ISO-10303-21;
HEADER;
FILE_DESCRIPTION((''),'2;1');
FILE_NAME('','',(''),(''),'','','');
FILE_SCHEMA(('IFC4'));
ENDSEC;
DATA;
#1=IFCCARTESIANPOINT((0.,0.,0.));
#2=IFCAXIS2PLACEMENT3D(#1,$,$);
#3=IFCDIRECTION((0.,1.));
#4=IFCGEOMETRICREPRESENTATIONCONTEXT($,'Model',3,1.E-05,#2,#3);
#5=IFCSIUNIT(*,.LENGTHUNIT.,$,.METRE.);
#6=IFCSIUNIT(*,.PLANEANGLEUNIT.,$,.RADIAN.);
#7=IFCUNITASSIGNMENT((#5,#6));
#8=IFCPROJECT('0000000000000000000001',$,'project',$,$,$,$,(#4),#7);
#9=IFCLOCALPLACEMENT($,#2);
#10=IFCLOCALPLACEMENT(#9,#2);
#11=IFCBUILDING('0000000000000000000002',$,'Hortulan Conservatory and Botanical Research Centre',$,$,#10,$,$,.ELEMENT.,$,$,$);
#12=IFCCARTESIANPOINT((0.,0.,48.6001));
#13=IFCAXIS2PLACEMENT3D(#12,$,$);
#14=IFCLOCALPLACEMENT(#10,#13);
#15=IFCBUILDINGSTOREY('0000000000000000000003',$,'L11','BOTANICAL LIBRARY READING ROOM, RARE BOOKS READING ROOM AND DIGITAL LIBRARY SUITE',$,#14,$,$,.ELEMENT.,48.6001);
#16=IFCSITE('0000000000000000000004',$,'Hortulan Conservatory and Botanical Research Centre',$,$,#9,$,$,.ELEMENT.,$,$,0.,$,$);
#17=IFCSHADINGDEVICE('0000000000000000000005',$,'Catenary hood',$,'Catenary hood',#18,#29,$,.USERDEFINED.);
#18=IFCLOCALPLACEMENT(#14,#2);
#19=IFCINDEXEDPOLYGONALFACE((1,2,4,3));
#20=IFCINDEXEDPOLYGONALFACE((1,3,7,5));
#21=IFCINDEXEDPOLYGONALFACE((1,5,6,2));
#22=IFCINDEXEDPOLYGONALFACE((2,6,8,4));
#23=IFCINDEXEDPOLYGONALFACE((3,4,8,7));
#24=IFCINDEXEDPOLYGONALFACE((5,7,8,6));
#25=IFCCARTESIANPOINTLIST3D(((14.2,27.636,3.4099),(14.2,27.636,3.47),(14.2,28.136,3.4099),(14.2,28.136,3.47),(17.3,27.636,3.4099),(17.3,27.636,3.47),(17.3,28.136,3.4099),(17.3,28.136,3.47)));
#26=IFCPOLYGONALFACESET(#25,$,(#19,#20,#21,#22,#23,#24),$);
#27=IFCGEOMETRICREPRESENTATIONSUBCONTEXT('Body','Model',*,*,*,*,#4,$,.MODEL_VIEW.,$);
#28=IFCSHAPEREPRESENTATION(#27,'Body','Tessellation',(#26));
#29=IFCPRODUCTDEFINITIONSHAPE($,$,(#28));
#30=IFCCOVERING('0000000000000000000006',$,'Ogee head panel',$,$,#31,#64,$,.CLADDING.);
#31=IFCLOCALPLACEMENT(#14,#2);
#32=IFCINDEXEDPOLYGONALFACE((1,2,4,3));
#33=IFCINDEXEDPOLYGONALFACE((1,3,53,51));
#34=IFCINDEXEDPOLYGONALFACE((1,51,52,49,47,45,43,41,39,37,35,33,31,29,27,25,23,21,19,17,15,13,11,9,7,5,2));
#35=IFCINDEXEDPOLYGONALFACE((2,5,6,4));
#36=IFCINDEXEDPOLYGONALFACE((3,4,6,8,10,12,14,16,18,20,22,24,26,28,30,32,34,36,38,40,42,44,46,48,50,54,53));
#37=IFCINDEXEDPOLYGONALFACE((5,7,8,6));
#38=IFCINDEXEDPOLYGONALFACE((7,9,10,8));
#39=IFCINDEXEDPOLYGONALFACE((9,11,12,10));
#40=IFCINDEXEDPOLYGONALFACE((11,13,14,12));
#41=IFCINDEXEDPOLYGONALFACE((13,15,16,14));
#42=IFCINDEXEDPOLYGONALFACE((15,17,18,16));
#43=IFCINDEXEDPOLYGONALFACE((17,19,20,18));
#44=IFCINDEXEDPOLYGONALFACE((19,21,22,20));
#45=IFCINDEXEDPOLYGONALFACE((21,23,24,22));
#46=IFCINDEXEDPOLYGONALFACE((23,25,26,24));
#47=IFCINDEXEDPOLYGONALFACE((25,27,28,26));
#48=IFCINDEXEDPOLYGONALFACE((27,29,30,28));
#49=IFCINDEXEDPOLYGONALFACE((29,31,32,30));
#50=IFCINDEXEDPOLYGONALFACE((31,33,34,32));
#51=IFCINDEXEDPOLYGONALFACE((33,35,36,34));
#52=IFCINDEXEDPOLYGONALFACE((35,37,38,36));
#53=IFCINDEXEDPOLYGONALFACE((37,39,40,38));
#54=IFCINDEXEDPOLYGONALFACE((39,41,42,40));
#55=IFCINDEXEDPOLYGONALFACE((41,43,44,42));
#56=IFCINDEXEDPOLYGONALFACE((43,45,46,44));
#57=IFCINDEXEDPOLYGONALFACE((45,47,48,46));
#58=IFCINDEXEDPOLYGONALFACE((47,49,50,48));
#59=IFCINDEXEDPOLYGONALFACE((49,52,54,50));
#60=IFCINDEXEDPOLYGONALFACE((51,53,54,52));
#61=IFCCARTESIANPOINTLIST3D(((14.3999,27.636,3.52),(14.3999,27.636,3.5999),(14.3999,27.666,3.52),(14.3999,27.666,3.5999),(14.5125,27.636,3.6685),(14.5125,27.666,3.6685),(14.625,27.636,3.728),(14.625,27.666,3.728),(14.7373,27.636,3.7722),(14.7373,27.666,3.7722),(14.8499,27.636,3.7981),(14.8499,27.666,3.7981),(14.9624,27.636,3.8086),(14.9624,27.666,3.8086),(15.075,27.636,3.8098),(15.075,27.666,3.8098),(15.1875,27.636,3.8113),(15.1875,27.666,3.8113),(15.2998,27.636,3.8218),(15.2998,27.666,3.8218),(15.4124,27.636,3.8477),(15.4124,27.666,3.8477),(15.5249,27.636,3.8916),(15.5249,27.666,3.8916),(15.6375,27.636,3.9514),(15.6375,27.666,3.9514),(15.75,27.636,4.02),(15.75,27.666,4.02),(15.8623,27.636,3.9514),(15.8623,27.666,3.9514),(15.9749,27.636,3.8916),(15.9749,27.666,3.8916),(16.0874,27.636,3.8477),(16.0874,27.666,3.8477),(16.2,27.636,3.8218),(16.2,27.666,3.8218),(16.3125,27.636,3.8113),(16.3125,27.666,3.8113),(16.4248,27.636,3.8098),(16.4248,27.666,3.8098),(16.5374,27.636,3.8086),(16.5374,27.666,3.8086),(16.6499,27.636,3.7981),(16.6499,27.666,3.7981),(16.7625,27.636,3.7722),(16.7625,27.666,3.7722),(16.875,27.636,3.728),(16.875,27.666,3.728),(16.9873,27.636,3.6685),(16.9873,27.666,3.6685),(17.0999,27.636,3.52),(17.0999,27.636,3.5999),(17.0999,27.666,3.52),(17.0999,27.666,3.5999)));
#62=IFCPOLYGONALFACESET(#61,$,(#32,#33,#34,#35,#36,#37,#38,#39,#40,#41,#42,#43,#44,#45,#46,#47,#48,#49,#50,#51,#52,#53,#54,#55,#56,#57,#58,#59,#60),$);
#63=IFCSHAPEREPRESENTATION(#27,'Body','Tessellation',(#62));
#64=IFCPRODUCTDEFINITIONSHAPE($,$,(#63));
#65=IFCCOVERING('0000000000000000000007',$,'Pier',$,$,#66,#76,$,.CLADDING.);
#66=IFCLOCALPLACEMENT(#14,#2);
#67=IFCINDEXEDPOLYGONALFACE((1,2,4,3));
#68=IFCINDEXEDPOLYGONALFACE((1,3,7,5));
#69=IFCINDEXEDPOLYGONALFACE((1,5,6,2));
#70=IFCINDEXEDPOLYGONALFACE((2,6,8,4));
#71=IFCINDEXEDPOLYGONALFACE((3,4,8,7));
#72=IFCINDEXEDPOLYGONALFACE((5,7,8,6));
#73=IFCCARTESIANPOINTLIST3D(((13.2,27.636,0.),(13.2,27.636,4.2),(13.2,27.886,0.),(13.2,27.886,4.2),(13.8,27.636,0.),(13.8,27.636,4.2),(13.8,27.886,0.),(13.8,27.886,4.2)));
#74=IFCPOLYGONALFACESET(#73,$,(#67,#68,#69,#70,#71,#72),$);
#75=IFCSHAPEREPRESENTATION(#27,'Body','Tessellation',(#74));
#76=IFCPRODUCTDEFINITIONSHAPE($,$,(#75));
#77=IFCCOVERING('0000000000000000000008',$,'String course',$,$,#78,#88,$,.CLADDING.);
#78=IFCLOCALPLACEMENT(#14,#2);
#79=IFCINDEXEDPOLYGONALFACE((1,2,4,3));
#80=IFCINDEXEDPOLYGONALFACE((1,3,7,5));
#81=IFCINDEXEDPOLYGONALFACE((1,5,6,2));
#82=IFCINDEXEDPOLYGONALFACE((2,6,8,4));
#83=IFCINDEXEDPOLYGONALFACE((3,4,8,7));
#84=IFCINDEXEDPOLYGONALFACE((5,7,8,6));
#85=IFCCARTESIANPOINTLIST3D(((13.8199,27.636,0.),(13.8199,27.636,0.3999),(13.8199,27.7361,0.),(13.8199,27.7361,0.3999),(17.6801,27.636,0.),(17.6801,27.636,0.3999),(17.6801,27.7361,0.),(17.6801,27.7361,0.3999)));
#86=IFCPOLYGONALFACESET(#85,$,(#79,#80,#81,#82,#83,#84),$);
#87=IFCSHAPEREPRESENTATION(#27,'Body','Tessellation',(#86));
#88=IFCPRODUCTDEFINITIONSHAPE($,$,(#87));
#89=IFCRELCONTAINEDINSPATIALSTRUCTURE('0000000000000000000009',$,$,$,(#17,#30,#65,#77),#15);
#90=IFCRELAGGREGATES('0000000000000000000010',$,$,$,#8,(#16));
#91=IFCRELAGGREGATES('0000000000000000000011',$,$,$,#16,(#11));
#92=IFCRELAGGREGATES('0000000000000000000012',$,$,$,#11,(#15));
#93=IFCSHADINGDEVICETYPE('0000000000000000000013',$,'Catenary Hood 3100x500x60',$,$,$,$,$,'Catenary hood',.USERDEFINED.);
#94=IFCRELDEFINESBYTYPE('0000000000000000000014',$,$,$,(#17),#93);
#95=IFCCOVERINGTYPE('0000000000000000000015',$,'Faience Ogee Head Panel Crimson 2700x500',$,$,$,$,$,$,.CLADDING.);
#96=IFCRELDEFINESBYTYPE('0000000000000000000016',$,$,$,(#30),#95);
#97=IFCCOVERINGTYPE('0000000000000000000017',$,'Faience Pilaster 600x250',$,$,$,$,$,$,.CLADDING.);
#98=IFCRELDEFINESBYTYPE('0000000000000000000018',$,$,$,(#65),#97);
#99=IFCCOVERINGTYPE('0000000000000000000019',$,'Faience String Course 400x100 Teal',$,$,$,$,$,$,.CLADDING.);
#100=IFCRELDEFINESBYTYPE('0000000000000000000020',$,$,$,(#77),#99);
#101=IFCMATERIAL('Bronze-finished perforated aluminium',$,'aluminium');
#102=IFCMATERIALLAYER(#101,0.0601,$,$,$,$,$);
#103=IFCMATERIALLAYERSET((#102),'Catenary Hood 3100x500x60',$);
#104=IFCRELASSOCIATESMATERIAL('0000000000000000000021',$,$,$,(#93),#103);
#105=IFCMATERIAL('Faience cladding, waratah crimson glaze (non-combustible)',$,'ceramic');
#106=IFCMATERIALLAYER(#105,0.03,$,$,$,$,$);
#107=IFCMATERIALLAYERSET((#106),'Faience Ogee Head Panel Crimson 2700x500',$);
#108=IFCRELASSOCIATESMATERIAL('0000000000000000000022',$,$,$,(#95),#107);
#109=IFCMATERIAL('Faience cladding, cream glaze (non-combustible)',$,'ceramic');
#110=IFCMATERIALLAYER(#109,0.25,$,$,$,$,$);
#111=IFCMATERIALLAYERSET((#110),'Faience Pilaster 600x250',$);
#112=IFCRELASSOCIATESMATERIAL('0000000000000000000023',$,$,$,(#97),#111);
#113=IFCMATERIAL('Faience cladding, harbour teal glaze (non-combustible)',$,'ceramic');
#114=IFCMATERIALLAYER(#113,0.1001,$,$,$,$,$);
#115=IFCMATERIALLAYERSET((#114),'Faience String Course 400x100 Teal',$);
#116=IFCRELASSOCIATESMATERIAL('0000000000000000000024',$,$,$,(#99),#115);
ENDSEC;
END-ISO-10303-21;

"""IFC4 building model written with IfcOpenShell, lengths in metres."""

from ifc_helpers import new_model, si_unit, direction, frame, origin, origin_2d, place, context, subcontext, project, spatial, polyline, rectangle, outline, extrude, material, layer, layer_set, type_object, element, save


model = new_model("IFC4")

# Units and contexts
model_context = context("Model", 3, precision=1e-05, world=origin(), true_north=direction((0.0, 1.0)))
body_context = subcontext(model_context, "Body", "Model", "MODEL_VIEW")
ifc_project = project(units=[si_unit("LENGTHUNIT", "METRE"), si_unit("PLANEANGLEUNIT", "RADIAN")], contexts=[model_context])

# Site, building, storey
site_placement = place(None, origin())
site = spatial("IfcSite", under=ifc_project, at=site_placement, Name="Hortulan Conservatory and Botanical Research Centre", CompositionType="ELEMENT", RefElevation=0.0)
building_placement = place(site_placement, origin())
building = spatial("IfcBuilding", under=site, at=building_placement, Name="Hortulan Conservatory and Botanical Research Centre", CompositionType="ELEMENT")
storey_placement = place(building_placement, frame((0.0, 0.0, 48.6001)))
storey = spatial("IfcBuildingStorey", under=building, at=storey_placement, Name="L11", Description="BOTANICAL LIBRARY READING ROOM, RARE BOOKS READING ROOM AND DIGITAL LIBRARY SUITE", CompositionType="ELEMENT", Elevation=48.6001)

# Shading device
ifc_material_1 = material(Name="Bronze-finished perforated aluminium", Category="aluminium")
ifc_layer_1 = layer(ifc_material_1, 0.0601)
ifc_layer_set_1 = layer_set([ifc_layer_1], Name="Catenary Hood 3100x500x60")
shading_device_type = type_object("IfcShadingDeviceType", Name="Catenary Hood 3100x500x60", ElementType="Catenary hood", PredefinedType="USERDEFINED", material=ifc_layer_set_1)
shading_device_placement = place(storey_placement, frame((15.75, 27.886, 3.4099), z_axis=(0.0, 0.0, 1.0), x_axis=(1.0, 0.0, 0.0)))
element("IfcShadingDevice", 1, at=shading_device_placement, inside=storey, type_object=shading_device_type, Name="Catenary hood", ObjectType="Catenary hood", PredefinedType="USERDEFINED", context=body_context, shape_type="SweptSolid", body=[
    extrude(rectangle(XDim=3.1001, YDim=0.5, at=origin_2d()), origin(), (0.0, 0.0, 1.0), 0.0601),
])

# Coverings
ifc_material_2 = material(Name="Faience cladding, waratah crimson glaze (non-combustible)", Category="ceramic")
ifc_layer_2 = layer(ifc_material_2, 0.03)
ifc_layer_set_2 = layer_set([ifc_layer_2], Name="Faience Ogee Head Panel Crimson 2700x500")
covering_type_1 = type_object("IfcCoveringType", Name="Faience Ogee Head Panel Crimson 2700x500", PredefinedType="CLADDING", material=ifc_layer_set_2)
covering_1_placement = place(storey_placement, frame((14.3999, 27.6509, 3.52), z_axis=(0.0, 0.0, 1.0), x_axis=(1.0, 0.0, 0.0)))
element("IfcCovering", 2, at=covering_1_placement, inside=storey, type_object=covering_type_1, Name="Ogee head panel", PredefinedType="CLADDING", context=body_context, shape_type="SweptSolid", body=[
    extrude(outline(polyline([(0.0, 0.0), (2.7, 0.0), (2.7, 0.0798), (2.5874, 0.1484), (2.4751, 0.208), (2.3625, 0.2522), (2.25, 0.2781), (2.1375, 0.2886), (2.0249, 0.2898), (1.9126, 0.2913), (1.8, 0.3018), (1.6875, 0.3276), (1.575, 0.3716), (1.4624, 0.4314), (1.3501, 0.5), (1.2375, 0.4314), (1.125, 0.3716), (1.0125, 0.3276), (0.8999, 0.3018), (0.7876, 0.2913), (0.675, 0.2898), (0.5625, 0.2886), (0.45, 0.2781), (0.3374, 0.2522), (0.2251, 0.208), (0.1125, 0.1484), (0.0, 0.0798), (0.0, 0.0)])), frame((0.0, 0.0151, 0.0), z_axis=(0.0, -1.0, 0.0), x_axis=(1.0, 0.0, 0.0)), (0.0, 0.0, 1.0), 0.03),
])
ifc_material_3 = material(Name="Faience cladding, cream glaze (non-combustible)", Category="ceramic")
ifc_layer_3 = layer(ifc_material_3, 0.25)
ifc_layer_set_3 = layer_set([ifc_layer_3], Name="Faience Pilaster 600x250")
covering_type_2 = type_object("IfcCoveringType", Name="Faience Pilaster 600x250", PredefinedType="CLADDING", material=ifc_layer_set_3)
covering_2_placement = place(storey_placement, frame((13.5, 27.761, 0.0), z_axis=(0.0, 0.0, 1.0), x_axis=(1.0, 0.0, 0.0)))
element("IfcCovering", 3, at=covering_2_placement, inside=storey, type_object=covering_type_2, Name="Pier", PredefinedType="CLADDING", context=body_context, shape_type="SweptSolid", body=[
    extrude(rectangle(XDim=0.6001, YDim=0.25, at=origin_2d()), origin(), (0.0, 0.0, 1.0), 4.2),
])
ifc_material_4 = material(Name="Faience cladding, harbour teal glaze (non-combustible)", Category="ceramic")
ifc_layer_4 = layer(ifc_material_4, 0.1001)
ifc_layer_set_4 = layer_set([ifc_layer_4], Name="Faience String Course 400x100 Teal")
covering_type_3 = type_object("IfcCoveringType", Name="Faience String Course 400x100 Teal", PredefinedType="CLADDING", material=ifc_layer_set_4)
covering_3_placement = place(storey_placement, frame((15.75, 27.686, 0.0), z_axis=(0.0, 0.0, 1.0), x_axis=(1.0, 0.0, 0.0)))
element("IfcCovering", 4, at=covering_3_placement, inside=storey, type_object=covering_type_3, Name="String course", PredefinedType="CLADDING", context=body_context, shape_type="SweptSolid", body=[
    extrude(rectangle(XDim=3.8601, YDim=0.1001, at=origin_2d()), origin(), (0.0, 0.0, 1.0), 0.3999),
])

save(model, "model.ifc")
